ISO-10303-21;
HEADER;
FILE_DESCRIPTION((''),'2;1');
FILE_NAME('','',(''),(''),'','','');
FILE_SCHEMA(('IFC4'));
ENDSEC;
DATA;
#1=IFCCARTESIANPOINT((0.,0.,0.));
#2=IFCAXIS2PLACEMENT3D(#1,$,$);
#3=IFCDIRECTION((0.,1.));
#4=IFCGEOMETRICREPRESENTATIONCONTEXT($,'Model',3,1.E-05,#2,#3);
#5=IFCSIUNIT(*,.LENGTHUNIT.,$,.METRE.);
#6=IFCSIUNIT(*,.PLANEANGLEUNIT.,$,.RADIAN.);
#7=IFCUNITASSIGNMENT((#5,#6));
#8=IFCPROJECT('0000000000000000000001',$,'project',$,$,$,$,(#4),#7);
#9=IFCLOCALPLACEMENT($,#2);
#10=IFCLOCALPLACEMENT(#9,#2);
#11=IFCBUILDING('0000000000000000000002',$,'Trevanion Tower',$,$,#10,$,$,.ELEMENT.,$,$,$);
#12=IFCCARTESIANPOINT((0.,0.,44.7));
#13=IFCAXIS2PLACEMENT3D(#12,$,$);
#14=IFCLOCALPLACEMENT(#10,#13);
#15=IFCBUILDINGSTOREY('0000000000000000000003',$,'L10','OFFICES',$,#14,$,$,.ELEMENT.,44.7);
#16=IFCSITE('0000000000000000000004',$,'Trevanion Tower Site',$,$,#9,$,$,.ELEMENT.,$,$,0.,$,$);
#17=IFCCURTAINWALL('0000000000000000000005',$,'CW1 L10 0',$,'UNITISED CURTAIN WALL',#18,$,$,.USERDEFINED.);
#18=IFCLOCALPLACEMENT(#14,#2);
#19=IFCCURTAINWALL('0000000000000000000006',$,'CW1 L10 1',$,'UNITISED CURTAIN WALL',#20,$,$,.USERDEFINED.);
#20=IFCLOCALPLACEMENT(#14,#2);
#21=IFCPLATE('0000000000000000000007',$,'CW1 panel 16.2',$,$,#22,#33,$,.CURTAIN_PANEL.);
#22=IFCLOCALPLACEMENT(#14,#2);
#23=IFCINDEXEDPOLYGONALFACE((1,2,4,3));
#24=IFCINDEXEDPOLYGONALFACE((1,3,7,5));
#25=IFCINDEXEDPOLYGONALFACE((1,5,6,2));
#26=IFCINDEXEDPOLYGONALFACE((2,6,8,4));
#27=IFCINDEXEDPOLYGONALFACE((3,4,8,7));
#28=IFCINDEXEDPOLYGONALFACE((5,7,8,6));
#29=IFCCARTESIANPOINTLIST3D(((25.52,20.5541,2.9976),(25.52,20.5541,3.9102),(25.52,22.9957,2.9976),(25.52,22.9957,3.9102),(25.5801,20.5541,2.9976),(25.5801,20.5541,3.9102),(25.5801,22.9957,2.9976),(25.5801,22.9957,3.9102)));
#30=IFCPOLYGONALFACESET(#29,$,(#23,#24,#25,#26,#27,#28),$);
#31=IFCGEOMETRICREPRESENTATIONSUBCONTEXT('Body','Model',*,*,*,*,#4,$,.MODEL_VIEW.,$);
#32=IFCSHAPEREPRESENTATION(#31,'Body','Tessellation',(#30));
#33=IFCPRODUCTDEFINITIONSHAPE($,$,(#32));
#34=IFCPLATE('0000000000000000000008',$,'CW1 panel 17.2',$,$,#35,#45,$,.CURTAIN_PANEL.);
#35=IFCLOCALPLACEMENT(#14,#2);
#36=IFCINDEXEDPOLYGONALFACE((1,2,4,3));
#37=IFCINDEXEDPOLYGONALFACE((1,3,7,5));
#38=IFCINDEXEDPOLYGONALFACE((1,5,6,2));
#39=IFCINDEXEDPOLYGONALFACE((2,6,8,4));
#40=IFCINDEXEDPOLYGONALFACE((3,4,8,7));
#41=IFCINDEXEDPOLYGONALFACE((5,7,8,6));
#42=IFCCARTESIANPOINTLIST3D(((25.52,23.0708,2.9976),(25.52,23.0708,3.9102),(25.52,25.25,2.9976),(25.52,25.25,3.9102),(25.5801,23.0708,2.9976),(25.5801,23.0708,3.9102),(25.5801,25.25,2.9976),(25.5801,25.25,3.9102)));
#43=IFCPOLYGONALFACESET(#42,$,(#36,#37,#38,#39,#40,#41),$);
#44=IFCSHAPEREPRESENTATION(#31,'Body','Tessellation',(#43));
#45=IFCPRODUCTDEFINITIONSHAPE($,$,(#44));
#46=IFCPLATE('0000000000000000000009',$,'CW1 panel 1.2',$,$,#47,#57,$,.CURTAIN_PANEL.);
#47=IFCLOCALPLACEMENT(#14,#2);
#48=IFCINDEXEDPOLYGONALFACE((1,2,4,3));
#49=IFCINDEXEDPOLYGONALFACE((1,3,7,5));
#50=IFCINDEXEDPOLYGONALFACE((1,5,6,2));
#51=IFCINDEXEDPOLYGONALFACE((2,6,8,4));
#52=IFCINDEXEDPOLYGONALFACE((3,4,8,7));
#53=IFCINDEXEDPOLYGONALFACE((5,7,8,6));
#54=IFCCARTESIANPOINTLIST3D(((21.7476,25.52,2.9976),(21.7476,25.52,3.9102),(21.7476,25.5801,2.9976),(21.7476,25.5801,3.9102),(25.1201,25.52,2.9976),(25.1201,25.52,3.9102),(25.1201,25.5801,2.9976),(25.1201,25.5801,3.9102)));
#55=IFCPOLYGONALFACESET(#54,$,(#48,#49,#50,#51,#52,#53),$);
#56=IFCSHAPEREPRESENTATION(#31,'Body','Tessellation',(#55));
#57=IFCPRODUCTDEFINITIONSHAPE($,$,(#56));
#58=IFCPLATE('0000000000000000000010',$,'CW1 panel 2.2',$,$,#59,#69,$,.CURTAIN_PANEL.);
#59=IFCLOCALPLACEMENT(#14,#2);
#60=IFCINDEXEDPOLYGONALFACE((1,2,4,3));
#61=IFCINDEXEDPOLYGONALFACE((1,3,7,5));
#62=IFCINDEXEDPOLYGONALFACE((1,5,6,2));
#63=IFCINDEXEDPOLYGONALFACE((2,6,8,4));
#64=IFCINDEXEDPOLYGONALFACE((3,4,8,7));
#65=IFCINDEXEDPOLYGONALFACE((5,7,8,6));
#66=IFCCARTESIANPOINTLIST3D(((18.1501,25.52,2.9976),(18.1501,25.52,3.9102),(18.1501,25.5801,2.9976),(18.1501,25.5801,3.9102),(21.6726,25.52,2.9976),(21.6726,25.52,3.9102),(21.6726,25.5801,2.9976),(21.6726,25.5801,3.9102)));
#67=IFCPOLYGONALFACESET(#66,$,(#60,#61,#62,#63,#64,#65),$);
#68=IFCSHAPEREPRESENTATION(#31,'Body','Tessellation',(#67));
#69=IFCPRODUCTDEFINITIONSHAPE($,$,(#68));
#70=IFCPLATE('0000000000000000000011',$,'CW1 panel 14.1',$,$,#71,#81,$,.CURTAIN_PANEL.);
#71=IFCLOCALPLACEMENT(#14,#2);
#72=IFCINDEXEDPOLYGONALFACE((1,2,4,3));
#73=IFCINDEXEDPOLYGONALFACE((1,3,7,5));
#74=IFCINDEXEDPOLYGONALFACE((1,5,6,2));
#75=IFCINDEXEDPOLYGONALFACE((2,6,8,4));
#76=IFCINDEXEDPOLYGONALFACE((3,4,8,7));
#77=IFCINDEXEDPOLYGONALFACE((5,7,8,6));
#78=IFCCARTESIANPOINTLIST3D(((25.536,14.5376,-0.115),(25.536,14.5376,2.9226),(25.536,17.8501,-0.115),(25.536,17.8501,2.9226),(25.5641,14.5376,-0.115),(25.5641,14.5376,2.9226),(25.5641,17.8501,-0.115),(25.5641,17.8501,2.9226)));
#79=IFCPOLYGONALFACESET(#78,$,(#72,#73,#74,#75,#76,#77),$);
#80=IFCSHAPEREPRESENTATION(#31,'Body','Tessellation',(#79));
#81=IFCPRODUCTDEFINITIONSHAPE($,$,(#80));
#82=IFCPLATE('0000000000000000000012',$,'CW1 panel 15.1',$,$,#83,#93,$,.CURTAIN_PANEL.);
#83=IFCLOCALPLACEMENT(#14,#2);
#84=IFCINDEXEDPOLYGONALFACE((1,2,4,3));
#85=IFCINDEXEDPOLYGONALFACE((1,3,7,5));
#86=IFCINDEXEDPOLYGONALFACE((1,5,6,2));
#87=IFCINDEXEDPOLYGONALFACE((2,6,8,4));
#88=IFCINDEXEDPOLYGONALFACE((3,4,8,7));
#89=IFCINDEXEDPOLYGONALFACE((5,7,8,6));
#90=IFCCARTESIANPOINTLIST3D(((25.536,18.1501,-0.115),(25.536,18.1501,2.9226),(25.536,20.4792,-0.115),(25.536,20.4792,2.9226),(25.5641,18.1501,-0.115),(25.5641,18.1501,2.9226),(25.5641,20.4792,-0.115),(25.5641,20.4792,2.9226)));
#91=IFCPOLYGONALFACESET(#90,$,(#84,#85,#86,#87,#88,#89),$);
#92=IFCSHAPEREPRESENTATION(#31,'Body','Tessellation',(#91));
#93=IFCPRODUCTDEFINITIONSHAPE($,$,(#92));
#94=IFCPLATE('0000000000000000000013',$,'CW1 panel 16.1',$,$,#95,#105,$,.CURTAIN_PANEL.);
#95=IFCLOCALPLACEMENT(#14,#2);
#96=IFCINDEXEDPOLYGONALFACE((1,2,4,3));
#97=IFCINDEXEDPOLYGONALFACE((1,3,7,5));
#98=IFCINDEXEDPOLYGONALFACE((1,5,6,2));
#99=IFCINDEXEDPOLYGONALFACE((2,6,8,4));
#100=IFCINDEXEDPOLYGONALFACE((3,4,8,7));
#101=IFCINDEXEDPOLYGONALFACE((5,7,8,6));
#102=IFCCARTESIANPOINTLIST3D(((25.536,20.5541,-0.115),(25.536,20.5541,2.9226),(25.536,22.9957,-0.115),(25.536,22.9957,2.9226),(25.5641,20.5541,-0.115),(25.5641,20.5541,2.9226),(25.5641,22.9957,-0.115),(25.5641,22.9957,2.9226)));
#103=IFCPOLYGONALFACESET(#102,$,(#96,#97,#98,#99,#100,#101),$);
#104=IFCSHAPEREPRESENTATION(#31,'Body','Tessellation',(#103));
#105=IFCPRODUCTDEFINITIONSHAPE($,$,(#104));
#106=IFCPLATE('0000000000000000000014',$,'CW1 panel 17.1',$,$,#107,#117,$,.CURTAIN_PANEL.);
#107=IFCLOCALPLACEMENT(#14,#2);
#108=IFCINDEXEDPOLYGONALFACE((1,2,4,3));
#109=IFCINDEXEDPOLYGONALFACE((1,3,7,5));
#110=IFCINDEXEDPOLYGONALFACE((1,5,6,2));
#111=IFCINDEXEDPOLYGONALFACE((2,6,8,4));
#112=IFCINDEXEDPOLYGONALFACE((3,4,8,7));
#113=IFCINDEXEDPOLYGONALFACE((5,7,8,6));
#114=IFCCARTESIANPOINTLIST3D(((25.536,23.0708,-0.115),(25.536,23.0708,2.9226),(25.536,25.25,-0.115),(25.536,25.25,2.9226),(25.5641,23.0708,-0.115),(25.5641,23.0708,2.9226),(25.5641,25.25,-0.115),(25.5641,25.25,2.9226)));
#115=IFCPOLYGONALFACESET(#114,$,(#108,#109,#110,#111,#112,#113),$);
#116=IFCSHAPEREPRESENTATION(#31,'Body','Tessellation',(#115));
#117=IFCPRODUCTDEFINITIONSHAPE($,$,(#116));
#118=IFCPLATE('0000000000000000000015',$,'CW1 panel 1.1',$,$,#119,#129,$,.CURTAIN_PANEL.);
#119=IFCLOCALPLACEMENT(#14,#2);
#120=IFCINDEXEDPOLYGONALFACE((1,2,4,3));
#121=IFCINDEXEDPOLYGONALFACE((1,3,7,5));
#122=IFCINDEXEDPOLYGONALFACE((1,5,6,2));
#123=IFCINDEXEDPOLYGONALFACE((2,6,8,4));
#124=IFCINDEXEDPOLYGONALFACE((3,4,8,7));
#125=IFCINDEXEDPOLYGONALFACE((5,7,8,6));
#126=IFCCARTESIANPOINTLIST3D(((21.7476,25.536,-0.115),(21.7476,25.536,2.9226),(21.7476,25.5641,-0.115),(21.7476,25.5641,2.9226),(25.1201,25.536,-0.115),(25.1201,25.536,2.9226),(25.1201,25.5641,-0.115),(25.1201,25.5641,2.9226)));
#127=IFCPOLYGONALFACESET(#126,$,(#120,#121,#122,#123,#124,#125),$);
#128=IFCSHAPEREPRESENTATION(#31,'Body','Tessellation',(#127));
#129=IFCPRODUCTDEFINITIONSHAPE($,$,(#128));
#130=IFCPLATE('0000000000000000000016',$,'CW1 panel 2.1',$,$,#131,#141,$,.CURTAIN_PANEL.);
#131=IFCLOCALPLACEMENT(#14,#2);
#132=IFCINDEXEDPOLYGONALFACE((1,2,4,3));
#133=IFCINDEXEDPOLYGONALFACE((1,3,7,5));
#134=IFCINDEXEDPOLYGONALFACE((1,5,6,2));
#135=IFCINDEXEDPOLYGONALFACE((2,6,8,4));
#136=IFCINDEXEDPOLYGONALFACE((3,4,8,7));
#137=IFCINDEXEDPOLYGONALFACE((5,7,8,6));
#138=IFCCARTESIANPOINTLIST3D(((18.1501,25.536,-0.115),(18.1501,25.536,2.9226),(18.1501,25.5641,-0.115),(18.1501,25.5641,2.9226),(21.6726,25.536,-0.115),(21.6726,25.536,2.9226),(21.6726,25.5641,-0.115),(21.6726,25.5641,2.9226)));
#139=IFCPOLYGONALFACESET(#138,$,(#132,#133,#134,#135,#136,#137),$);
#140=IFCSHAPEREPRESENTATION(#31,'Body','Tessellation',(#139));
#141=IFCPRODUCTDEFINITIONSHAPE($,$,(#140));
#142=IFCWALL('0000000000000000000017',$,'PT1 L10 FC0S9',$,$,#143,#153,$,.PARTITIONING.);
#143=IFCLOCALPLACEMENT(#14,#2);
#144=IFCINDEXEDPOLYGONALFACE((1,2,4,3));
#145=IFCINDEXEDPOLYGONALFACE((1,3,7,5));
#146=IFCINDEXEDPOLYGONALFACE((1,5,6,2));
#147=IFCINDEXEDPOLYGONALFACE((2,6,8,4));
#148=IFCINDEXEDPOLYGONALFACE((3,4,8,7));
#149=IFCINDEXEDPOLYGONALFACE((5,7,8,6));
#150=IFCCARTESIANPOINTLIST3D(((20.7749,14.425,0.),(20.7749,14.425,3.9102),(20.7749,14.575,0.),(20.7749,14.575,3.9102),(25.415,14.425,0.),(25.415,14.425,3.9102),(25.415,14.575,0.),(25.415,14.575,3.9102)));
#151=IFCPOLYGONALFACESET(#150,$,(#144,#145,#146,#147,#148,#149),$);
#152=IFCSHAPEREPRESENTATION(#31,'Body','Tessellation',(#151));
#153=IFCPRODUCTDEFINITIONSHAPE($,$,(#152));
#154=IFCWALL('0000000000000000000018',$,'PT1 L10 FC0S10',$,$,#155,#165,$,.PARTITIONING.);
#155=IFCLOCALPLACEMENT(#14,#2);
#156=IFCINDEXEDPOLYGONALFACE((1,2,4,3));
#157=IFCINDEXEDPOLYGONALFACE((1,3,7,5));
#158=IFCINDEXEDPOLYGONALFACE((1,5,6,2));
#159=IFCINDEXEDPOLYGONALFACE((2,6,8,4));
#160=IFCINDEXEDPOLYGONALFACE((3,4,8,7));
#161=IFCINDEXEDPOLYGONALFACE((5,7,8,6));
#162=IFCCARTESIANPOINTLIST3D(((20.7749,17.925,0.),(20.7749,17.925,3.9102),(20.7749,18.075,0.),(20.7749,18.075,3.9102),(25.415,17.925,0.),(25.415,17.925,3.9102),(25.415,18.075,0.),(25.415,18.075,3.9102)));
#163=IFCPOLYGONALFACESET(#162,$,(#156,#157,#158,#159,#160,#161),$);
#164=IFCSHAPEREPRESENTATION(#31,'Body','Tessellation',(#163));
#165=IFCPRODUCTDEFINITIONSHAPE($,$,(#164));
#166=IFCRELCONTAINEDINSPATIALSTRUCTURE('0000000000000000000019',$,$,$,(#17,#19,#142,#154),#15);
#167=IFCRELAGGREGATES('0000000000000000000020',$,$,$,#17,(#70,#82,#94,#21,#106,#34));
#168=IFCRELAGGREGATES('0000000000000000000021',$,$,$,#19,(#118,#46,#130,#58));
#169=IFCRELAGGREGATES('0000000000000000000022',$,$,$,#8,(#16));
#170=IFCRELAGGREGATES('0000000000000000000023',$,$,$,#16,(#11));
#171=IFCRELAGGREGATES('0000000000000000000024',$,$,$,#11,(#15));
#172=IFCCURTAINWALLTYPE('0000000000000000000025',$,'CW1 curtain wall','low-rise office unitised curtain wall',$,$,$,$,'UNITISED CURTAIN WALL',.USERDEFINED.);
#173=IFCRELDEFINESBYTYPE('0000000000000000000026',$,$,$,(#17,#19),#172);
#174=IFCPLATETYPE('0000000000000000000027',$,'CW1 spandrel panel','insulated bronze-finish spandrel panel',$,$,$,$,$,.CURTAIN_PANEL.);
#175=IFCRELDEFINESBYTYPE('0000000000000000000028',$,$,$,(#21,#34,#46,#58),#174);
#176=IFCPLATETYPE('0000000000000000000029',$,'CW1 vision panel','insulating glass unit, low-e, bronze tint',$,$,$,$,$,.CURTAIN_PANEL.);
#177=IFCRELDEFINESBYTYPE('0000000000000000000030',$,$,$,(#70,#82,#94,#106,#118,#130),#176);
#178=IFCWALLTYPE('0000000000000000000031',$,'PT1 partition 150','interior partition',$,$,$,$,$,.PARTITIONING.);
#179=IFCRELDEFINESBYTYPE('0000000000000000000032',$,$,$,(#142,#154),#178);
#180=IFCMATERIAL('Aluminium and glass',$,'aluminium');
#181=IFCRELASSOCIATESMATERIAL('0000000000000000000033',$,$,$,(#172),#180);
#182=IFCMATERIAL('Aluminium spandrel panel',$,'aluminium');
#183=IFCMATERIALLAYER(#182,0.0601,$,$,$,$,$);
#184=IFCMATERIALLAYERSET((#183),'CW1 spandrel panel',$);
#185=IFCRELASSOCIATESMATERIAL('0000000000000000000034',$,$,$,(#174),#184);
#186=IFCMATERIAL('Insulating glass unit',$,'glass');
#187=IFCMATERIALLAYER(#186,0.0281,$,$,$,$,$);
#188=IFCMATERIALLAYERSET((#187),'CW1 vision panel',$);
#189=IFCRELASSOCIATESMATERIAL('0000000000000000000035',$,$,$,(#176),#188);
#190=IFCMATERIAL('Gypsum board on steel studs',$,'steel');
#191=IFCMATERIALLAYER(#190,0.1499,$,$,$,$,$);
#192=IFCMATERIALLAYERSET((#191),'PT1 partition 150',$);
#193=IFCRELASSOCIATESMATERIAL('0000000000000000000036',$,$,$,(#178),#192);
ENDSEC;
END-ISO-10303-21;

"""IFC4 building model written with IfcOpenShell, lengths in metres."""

from ifc_helpers import new_model, si_unit, direction, frame, frame_2d, origin, origin_2d, place, context, subcontext, project, spatial, rectangle, extrude, material, layer, layer_set, type_object, element, aggregate, save


model = new_model("IFC4")

# Units and contexts
model_context = context("Model", 3, precision=1e-05, world=origin(), true_north=direction((0.0, 1.0)))
body_context = subcontext(model_context, "Body", "Model", "MODEL_VIEW")
ifc_project = project(units=[si_unit("LENGTHUNIT", "METRE"), si_unit("PLANEANGLEUNIT", "RADIAN")], contexts=[model_context])

# Site, building, storey
site_placement = place(None, origin())
site = spatial("IfcSite", under=ifc_project, at=site_placement, Name="Trevanion Tower Site", CompositionType="ELEMENT", RefElevation=0.0)
building_placement = place(site_placement, origin())
building = spatial("IfcBuilding", under=site, at=building_placement, Name="Trevanion Tower", CompositionType="ELEMENT")
storey_placement = place(building_placement, frame((0.0, 0.0, 44.7)))
storey = spatial("IfcBuildingStorey", under=building, at=storey_placement, Name="L10", Description="OFFICES", CompositionType="ELEMENT", Elevation=44.7)

# Curtain wall
ifc_material_1 = material(Name="Aluminium and glass", Category="aluminium")
curtain_wall_type = type_object("IfcCurtainWallType", Name="CW1 curtain wall", Description="low-rise office unitised curtain wall", ElementType="UNITISED CURTAIN WALL", PredefinedType="USERDEFINED", material=ifc_material_1)
curtain_wall_1_placement = place(storey_placement, origin())
curtain_wall_1 = element("IfcCurtainWall", 1, at=curtain_wall_1_placement, inside=storey, type_object=curtain_wall_type, Name="CW1 L10 0", ObjectType="UNITISED CURTAIN WALL", PredefinedType="USERDEFINED")

# Curtain wall
curtain_wall_2_placement = place(storey_placement, origin())
curtain_wall_2 = element("IfcCurtainWall", 2, at=curtain_wall_2_placement, inside=storey, type_object=curtain_wall_type, Name="CW1 L10 1", ObjectType="UNITISED CURTAIN WALL", PredefinedType="USERDEFINED")

# Plates
ifc_material_2 = material(Name="Aluminium spandrel panel", Category="aluminium")
ifc_layer_1 = layer(ifc_material_2, 0.0601)
ifc_layer_set_1 = layer_set([ifc_layer_1], Name="CW1 spandrel panel")
plate_type_1 = type_object("IfcPlateType", Name="CW1 spandrel panel", Description="insulated bronze-finish spandrel panel", PredefinedType="CURTAIN_PANEL", material=ifc_layer_set_1)
plate_1_placement = place(storey_placement, frame((25.55, 21.7749, 2.9976), z_axis=(0.0, 0.0, 1.0), x_axis=(0.0, 1.0, 0.0)))
plate_1 = element("IfcPlate", 3, at=plate_1_placement, type_object=plate_type_1, Name="CW1 panel 16.2", PredefinedType="CURTAIN_PANEL", context=body_context, shape_type="SweptSolid", body=[
    extrude(rectangle(XDim=2.4417, YDim=0.0601, at=origin_2d()), origin(), (0.0, 0.0, 1.0), 0.9126),
])
plate_2_placement = place(storey_placement, frame((25.55, 24.1604, 2.9976), z_axis=(0.0, 0.0, 1.0), x_axis=(0.0, 1.0, 0.0)))
plate_2 = element("IfcPlate", 4, at=plate_2_placement, type_object=plate_type_1, Name="CW1 panel 17.2", PredefinedType="CURTAIN_PANEL", context=body_context, shape_type="SweptSolid", body=[
    extrude(rectangle(XDim=2.1792, YDim=0.0601, at=origin_2d()), origin(), (0.0, 0.0, 1.0), 0.9126),
])
plate_3_placement = place(storey_placement, frame((23.4338, 25.55, 2.9976), z_axis=(0.0, 0.0, 1.0), x_axis=(-1.0, 0.0, 0.0)))
plate_3 = element("IfcPlate", 5, at=plate_3_placement, type_object=plate_type_1, Name="CW1 panel 1.2", PredefinedType="CURTAIN_PANEL", context=body_context, shape_type="SweptSolid", body=[
    extrude(rectangle(XDim=3.3726, YDim=0.0601, at=origin_2d()), origin(), (0.0, 0.0, 1.0), 0.9126),
])
plate_4_placement = place(storey_placement, frame((19.9114, 25.55, 2.9976), z_axis=(0.0, 0.0, 1.0), x_axis=(-1.0, 0.0, 0.0)))
plate_4 = element("IfcPlate", 6, at=plate_4_placement, type_object=plate_type_1, Name="CW1 panel 2.2", PredefinedType="CURTAIN_PANEL", context=body_context, shape_type="SweptSolid", body=[
    extrude(rectangle(XDim=3.5225, YDim=0.0601, at=origin_2d()), origin(), (0.0, 0.0, 1.0), 0.9126),
])
ifc_material_3 = material(Name="Insulating glass unit", Category="glass")
ifc_layer_2 = layer(ifc_material_3, 0.0281)
ifc_layer_set_2 = layer_set([ifc_layer_2], Name="CW1 vision panel")
plate_type_2 = type_object("IfcPlateType", Name="CW1 vision panel", Description="insulating glass unit, low-e, bronze tint", PredefinedType="CURTAIN_PANEL", material=ifc_layer_set_2)
plate_5_placement = place(storey_placement, frame((25.55, 16.1938, -0.115), z_axis=(0.0, 0.0, 1.0), x_axis=(0.0, 1.0, 0.0)))
plate_5 = element("IfcPlate", 7, at=plate_5_placement, type_object=plate_type_2, Name="CW1 panel 14.1", PredefinedType="CURTAIN_PANEL", context=body_context, shape_type="SweptSolid", body=[
    extrude(rectangle(XDim=3.3125, YDim=0.0281, at=origin_2d()), origin(), (0.0, 0.0, 1.0), 3.0376),
])
plate_6_placement = place(storey_placement, frame((25.55, 19.3147, -0.115), z_axis=(0.0, 0.0, 1.0), x_axis=(0.0, 1.0, 0.0)))
plate_6 = element("IfcPlate", 8, at=plate_6_placement, type_object=plate_type_2, Name="CW1 panel 15.1", PredefinedType="CURTAIN_PANEL", context=body_context, shape_type="SweptSolid", body=[
    extrude(rectangle(XDim=2.3291, YDim=0.0281, at=origin_2d()), origin(), (0.0, 0.0, 1.0), 3.0376),
])
plate_7_placement = place(storey_placement, frame((25.55, 21.7749, -0.115), z_axis=(0.0, 0.0, 1.0), x_axis=(0.0, 1.0, 0.0)))
plate_7 = element("IfcPlate", 9, at=plate_7_placement, type_object=plate_type_2, Name="CW1 panel 16.1", PredefinedType="CURTAIN_PANEL", context=body_context, shape_type="SweptSolid", body=[
    extrude(rectangle(XDim=2.4417, YDim=0.0281, at=origin_2d()), origin(), (0.0, 0.0, 1.0), 3.0376),
])
plate_8_placement = place(storey_placement, frame((25.55, 24.1604, -0.115), z_axis=(0.0, 0.0, 1.0), x_axis=(0.0, 1.0, 0.0)))
plate_8 = element("IfcPlate", 10, at=plate_8_placement, type_object=plate_type_2, Name="CW1 panel 17.1", PredefinedType="CURTAIN_PANEL", context=body_context, shape_type="SweptSolid", body=[
    extrude(rectangle(XDim=2.1792, YDim=0.0281, at=origin_2d()), origin(), (0.0, 0.0, 1.0), 3.0376),
])
aggregate(curtain_wall_1, [plate_5, plate_6, plate_7, plate_1, plate_8, plate_2])
plate_9_placement = place(storey_placement, frame((23.4338, 25.55, -0.115), z_axis=(0.0, 0.0, 1.0), x_axis=(-1.0, 0.0, 0.0)))
plate_9 = element("IfcPlate", 11, at=plate_9_placement, type_object=plate_type_2, Name="CW1 panel 1.1", PredefinedType="CURTAIN_PANEL", context=body_context, shape_type="SweptSolid", body=[
    extrude(rectangle(XDim=3.3726, YDim=0.0281, at=origin_2d()), origin(), (0.0, 0.0, 1.0), 3.0376),
])
plate_10_placement = place(storey_placement, frame((19.9114, 25.55, -0.115), z_axis=(0.0, 0.0, 1.0), x_axis=(-1.0, 0.0, 0.0)))
plate_10 = element("IfcPlate", 12, at=plate_10_placement, type_object=plate_type_2, Name="CW1 panel 2.1", PredefinedType="CURTAIN_PANEL", context=body_context, shape_type="SweptSolid", body=[
    extrude(rectangle(XDim=3.5225, YDim=0.0281, at=origin_2d()), origin(), (0.0, 0.0, 1.0), 3.0376),
])
aggregate(curtain_wall_2, [plate_9, plate_3, plate_10, plate_4])

# Walls
ifc_material_4 = material(Name="Gypsum board on steel studs", Category="steel")
ifc_layer_3 = layer(ifc_material_4, 0.1499)
ifc_layer_set_3 = layer_set([ifc_layer_3], Name="PT1 partition 150")
wall_type = type_object("IfcWallType", Name="PT1 partition 150", Description="interior partition", PredefinedType="PARTITIONING", material=ifc_layer_set_3)
for number, where, z_axis, x_axis, name in (
    (13, (20.7749, 14.5, 0.0), (0.0, 0.0, 1.0), (1.0, 0.0, 0.0), "PT1 L10 FC0S9"),
    (14, (20.7749, 18.0, 0.0), (0.0, 0.0, 1.0), (1.0, 0.0, 0.0), "PT1 L10 FC0S10"),
):
    element("IfcWall", number, at=place(storey_placement, frame(where, z_axis=z_axis, x_axis=x_axis)), inside=storey, type_object=wall_type, Name=name, PredefinedType="PARTITIONING", context=body_context, shape_type="SweptSolid", body=[
        extrude(rectangle(XDim=4.6401, YDim=0.1499, at=frame_2d((2.3201, 0.0))), origin(), (0.0, 0.0, 1.0), 3.9102),
    ])

save(model, "model.ifc")
